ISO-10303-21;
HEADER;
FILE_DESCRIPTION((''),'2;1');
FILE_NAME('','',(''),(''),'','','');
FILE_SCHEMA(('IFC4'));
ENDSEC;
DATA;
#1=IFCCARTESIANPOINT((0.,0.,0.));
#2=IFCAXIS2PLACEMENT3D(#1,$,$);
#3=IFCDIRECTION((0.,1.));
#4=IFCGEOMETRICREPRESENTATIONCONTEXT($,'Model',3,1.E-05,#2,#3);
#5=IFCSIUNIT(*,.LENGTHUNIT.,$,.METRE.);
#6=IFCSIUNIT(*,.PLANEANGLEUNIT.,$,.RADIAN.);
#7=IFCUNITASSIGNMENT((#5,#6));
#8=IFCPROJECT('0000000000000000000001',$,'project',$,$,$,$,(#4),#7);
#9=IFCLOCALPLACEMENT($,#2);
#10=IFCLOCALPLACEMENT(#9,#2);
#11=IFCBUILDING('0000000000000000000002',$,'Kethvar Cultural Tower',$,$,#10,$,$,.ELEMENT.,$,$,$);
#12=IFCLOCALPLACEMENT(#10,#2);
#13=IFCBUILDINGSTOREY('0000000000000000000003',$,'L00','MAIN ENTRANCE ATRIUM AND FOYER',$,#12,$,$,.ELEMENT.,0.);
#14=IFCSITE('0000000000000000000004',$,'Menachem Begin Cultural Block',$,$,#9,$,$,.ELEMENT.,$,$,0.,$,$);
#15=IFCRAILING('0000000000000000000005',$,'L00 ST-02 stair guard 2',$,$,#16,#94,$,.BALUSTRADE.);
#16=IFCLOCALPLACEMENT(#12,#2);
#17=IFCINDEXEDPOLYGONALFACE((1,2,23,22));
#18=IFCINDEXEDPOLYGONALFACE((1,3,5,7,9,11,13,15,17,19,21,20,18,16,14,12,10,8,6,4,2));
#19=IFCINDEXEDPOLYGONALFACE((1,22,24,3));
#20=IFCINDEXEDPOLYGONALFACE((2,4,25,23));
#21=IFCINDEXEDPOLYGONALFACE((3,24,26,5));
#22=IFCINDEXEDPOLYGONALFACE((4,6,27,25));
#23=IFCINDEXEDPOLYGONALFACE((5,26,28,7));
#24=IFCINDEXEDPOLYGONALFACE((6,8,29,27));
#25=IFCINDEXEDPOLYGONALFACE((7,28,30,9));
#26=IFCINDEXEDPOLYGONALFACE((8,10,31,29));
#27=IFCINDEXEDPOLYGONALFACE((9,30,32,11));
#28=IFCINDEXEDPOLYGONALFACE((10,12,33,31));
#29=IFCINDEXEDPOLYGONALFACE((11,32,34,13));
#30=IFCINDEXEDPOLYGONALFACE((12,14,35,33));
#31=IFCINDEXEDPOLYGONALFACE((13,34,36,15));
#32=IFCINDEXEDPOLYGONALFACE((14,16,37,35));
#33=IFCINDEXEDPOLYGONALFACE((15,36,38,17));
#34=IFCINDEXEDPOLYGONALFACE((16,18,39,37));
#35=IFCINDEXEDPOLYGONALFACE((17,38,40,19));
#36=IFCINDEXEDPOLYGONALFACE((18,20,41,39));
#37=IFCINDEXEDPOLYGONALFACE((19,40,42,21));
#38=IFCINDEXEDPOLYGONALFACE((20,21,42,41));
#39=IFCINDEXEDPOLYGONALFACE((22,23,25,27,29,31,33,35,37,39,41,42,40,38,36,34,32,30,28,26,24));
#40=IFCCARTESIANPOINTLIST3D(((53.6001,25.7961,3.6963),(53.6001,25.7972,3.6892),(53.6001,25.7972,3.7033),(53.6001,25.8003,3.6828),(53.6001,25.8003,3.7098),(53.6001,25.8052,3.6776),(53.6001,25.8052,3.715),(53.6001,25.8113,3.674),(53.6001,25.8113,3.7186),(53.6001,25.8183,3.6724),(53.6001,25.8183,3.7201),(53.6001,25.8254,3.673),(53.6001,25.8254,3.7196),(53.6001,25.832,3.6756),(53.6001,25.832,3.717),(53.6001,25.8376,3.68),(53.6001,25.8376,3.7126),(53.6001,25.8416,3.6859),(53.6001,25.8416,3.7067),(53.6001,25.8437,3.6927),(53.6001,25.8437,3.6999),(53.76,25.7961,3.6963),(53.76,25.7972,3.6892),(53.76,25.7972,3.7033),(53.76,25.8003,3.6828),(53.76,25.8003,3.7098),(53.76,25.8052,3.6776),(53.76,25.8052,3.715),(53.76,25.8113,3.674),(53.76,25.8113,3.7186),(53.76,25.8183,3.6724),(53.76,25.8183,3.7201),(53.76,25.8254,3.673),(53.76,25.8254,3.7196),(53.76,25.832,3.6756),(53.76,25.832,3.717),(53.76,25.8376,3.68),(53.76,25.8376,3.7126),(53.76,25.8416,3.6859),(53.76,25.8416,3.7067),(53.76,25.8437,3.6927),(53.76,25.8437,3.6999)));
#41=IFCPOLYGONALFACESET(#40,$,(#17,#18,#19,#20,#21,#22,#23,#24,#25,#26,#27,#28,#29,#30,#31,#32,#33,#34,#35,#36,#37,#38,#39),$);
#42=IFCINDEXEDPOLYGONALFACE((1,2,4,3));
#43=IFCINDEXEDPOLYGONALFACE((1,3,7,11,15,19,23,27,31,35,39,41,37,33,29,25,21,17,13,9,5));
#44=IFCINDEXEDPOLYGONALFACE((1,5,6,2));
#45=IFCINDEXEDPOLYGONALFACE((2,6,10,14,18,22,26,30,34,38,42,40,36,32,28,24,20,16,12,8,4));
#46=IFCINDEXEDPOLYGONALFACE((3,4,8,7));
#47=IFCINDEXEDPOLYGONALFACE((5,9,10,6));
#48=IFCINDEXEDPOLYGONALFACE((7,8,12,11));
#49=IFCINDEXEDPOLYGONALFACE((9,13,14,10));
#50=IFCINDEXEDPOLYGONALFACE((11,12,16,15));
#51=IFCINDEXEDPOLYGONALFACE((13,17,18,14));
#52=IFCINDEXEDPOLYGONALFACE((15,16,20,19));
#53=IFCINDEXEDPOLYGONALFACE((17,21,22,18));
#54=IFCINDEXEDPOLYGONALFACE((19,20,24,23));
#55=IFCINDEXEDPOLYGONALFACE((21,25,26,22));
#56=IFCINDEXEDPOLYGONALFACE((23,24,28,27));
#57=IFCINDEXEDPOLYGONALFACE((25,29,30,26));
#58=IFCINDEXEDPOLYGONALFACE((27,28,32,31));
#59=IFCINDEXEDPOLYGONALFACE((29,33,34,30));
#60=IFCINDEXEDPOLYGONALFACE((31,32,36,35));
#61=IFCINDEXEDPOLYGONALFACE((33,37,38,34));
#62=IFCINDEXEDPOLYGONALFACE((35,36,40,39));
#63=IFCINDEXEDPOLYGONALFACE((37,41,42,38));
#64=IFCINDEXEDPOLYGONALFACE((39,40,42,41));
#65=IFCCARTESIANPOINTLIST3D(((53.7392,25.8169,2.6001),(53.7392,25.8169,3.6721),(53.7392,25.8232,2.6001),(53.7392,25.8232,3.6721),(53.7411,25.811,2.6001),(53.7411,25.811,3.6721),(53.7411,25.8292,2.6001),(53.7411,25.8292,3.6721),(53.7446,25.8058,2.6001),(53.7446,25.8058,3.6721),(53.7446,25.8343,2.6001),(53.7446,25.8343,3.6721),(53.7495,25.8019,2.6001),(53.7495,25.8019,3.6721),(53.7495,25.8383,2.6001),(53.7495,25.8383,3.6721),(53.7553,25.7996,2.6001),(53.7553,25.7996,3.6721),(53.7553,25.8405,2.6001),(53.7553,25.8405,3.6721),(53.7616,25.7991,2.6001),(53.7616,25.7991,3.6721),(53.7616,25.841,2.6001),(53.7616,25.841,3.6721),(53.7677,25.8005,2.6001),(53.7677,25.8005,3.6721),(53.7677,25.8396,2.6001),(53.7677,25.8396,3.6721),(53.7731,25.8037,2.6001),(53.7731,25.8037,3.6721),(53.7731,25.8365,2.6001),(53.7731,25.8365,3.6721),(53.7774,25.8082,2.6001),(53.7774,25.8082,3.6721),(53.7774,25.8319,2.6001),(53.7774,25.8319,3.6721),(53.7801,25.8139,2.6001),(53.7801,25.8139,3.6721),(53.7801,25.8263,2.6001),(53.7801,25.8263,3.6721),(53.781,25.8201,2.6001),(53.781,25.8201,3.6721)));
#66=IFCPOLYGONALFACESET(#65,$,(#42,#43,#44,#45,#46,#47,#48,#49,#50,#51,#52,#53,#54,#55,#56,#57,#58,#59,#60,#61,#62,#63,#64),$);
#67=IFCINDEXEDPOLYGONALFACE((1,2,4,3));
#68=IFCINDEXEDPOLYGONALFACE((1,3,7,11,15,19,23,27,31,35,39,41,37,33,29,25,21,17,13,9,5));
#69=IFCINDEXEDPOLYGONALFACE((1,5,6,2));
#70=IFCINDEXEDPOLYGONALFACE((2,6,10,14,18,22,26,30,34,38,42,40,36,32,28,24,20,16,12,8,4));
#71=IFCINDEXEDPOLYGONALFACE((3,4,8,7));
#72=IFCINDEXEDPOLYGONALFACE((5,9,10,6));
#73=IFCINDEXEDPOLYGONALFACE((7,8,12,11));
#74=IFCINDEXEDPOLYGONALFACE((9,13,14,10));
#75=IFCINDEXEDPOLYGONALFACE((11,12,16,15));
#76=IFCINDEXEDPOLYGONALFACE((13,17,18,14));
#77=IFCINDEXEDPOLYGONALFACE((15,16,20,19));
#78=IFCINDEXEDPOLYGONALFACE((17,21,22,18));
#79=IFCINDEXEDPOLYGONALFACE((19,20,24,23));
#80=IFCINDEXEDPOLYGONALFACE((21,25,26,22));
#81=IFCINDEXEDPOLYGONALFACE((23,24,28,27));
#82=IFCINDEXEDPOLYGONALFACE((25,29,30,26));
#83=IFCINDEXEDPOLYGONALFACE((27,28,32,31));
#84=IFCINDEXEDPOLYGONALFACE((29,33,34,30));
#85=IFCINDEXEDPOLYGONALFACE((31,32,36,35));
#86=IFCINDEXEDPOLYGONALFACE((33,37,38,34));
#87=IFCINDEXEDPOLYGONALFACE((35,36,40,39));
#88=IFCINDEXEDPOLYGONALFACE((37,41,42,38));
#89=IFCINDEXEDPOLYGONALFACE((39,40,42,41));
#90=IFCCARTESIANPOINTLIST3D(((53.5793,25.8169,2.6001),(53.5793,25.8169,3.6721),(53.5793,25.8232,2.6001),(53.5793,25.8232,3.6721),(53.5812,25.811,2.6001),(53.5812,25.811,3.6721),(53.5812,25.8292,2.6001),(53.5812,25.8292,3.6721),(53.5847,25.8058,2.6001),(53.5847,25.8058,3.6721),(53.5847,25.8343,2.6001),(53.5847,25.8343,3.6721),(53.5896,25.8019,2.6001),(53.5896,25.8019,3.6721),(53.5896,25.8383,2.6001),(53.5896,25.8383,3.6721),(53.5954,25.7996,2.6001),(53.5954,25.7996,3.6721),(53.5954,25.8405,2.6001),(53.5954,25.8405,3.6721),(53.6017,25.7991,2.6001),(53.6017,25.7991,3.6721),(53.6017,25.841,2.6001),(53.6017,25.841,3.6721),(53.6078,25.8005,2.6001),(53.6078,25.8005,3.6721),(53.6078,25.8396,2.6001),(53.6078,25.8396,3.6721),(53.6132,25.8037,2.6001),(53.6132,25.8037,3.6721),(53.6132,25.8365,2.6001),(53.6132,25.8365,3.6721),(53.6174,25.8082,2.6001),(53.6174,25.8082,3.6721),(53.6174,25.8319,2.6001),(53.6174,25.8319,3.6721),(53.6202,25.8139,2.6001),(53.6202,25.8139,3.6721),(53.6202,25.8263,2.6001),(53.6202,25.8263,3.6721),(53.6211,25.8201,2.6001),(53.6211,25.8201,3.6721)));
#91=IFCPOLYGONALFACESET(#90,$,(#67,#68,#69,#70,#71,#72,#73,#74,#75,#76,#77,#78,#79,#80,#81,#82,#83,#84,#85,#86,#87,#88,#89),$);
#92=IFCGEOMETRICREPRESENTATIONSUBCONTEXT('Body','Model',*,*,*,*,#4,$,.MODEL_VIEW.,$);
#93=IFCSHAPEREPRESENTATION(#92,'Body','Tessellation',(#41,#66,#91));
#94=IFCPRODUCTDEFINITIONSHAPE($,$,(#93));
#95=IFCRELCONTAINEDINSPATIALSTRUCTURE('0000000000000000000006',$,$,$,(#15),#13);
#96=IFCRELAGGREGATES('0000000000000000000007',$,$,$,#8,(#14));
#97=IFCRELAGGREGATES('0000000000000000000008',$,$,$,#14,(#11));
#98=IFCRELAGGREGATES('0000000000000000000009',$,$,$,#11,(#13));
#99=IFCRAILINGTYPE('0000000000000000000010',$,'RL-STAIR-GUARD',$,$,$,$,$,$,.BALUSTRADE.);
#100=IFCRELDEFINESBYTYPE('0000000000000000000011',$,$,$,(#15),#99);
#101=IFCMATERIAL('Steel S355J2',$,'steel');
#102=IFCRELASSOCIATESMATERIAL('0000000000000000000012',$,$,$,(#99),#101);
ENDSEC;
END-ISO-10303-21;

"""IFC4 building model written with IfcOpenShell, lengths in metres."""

from ifc_helpers import new_model, si_unit, direction, frame, origin, origin_2d, place, context, subcontext, project, spatial, circle, extrude, material, type_object, element, save


model = new_model("IFC4")

# Units and contexts
model_context = context("Model", 3, precision=1e-05, world=origin(), true_north=direction((0.0, 1.0)))
body_context = subcontext(model_context, "Body", "Model", "MODEL_VIEW")
ifc_project = project(units=[si_unit("LENGTHUNIT", "METRE"), si_unit("PLANEANGLEUNIT", "RADIAN")], contexts=[model_context])

# Site, building, storey
site_placement = place(None, origin())
site = spatial("IfcSite", under=ifc_project, at=site_placement, Name="Menachem Begin Cultural Block", CompositionType="ELEMENT", RefElevation=0.0)
building_placement = place(site_placement, origin())
building = spatial("IfcBuilding", under=site, at=building_placement, Name="Kethvar Cultural Tower", CompositionType="ELEMENT")
storey_placement = place(building_placement, origin())
storey = spatial("IfcBuildingStorey", under=building, at=storey_placement, Name="L00", Description="MAIN ENTRANCE ATRIUM AND FOYER", CompositionType="ELEMENT", Elevation=0.0)

# Shared definitions
ifc_material_1 = material(Name="Steel S355J2", Category="steel")

# Railing
railing_type_1 = type_object("IfcRailingType", Name="RL-STAIR-GUARD", PredefinedType="BALUSTRADE", material=ifc_material_1)
railing_1_placement = place(storey_placement, frame((53.76, 25.8201, 2.6001)))
element("IfcRailing", 1, at=railing_1_placement, inside=storey, type_object=railing_type_1, Name="L00 ST-02 stair guard 2", PredefinedType="BALUSTRADE", context=body_context, shape_type="SweptSolid", body=[
    extrude(circle(Radius=0.0239, at=origin_2d()), frame((0.0, 0.0, 1.0962), z_axis=(-1.0, 0.0, 0.0), x_axis=(0.0, -1.0, 0.0)), (0.0, 0.0, 1.0), 0.1599),
    extrude(circle(Radius=0.021, at=origin_2d()), origin(), (0.0, 0.0, 1.0), 1.072),
    extrude(circle(Radius=0.021, at=origin_2d()), frame((-0.1599, 0.0, 0.0)), (0.0, 0.0, 1.0), 1.072),
])

save(model, "model.ifc")
